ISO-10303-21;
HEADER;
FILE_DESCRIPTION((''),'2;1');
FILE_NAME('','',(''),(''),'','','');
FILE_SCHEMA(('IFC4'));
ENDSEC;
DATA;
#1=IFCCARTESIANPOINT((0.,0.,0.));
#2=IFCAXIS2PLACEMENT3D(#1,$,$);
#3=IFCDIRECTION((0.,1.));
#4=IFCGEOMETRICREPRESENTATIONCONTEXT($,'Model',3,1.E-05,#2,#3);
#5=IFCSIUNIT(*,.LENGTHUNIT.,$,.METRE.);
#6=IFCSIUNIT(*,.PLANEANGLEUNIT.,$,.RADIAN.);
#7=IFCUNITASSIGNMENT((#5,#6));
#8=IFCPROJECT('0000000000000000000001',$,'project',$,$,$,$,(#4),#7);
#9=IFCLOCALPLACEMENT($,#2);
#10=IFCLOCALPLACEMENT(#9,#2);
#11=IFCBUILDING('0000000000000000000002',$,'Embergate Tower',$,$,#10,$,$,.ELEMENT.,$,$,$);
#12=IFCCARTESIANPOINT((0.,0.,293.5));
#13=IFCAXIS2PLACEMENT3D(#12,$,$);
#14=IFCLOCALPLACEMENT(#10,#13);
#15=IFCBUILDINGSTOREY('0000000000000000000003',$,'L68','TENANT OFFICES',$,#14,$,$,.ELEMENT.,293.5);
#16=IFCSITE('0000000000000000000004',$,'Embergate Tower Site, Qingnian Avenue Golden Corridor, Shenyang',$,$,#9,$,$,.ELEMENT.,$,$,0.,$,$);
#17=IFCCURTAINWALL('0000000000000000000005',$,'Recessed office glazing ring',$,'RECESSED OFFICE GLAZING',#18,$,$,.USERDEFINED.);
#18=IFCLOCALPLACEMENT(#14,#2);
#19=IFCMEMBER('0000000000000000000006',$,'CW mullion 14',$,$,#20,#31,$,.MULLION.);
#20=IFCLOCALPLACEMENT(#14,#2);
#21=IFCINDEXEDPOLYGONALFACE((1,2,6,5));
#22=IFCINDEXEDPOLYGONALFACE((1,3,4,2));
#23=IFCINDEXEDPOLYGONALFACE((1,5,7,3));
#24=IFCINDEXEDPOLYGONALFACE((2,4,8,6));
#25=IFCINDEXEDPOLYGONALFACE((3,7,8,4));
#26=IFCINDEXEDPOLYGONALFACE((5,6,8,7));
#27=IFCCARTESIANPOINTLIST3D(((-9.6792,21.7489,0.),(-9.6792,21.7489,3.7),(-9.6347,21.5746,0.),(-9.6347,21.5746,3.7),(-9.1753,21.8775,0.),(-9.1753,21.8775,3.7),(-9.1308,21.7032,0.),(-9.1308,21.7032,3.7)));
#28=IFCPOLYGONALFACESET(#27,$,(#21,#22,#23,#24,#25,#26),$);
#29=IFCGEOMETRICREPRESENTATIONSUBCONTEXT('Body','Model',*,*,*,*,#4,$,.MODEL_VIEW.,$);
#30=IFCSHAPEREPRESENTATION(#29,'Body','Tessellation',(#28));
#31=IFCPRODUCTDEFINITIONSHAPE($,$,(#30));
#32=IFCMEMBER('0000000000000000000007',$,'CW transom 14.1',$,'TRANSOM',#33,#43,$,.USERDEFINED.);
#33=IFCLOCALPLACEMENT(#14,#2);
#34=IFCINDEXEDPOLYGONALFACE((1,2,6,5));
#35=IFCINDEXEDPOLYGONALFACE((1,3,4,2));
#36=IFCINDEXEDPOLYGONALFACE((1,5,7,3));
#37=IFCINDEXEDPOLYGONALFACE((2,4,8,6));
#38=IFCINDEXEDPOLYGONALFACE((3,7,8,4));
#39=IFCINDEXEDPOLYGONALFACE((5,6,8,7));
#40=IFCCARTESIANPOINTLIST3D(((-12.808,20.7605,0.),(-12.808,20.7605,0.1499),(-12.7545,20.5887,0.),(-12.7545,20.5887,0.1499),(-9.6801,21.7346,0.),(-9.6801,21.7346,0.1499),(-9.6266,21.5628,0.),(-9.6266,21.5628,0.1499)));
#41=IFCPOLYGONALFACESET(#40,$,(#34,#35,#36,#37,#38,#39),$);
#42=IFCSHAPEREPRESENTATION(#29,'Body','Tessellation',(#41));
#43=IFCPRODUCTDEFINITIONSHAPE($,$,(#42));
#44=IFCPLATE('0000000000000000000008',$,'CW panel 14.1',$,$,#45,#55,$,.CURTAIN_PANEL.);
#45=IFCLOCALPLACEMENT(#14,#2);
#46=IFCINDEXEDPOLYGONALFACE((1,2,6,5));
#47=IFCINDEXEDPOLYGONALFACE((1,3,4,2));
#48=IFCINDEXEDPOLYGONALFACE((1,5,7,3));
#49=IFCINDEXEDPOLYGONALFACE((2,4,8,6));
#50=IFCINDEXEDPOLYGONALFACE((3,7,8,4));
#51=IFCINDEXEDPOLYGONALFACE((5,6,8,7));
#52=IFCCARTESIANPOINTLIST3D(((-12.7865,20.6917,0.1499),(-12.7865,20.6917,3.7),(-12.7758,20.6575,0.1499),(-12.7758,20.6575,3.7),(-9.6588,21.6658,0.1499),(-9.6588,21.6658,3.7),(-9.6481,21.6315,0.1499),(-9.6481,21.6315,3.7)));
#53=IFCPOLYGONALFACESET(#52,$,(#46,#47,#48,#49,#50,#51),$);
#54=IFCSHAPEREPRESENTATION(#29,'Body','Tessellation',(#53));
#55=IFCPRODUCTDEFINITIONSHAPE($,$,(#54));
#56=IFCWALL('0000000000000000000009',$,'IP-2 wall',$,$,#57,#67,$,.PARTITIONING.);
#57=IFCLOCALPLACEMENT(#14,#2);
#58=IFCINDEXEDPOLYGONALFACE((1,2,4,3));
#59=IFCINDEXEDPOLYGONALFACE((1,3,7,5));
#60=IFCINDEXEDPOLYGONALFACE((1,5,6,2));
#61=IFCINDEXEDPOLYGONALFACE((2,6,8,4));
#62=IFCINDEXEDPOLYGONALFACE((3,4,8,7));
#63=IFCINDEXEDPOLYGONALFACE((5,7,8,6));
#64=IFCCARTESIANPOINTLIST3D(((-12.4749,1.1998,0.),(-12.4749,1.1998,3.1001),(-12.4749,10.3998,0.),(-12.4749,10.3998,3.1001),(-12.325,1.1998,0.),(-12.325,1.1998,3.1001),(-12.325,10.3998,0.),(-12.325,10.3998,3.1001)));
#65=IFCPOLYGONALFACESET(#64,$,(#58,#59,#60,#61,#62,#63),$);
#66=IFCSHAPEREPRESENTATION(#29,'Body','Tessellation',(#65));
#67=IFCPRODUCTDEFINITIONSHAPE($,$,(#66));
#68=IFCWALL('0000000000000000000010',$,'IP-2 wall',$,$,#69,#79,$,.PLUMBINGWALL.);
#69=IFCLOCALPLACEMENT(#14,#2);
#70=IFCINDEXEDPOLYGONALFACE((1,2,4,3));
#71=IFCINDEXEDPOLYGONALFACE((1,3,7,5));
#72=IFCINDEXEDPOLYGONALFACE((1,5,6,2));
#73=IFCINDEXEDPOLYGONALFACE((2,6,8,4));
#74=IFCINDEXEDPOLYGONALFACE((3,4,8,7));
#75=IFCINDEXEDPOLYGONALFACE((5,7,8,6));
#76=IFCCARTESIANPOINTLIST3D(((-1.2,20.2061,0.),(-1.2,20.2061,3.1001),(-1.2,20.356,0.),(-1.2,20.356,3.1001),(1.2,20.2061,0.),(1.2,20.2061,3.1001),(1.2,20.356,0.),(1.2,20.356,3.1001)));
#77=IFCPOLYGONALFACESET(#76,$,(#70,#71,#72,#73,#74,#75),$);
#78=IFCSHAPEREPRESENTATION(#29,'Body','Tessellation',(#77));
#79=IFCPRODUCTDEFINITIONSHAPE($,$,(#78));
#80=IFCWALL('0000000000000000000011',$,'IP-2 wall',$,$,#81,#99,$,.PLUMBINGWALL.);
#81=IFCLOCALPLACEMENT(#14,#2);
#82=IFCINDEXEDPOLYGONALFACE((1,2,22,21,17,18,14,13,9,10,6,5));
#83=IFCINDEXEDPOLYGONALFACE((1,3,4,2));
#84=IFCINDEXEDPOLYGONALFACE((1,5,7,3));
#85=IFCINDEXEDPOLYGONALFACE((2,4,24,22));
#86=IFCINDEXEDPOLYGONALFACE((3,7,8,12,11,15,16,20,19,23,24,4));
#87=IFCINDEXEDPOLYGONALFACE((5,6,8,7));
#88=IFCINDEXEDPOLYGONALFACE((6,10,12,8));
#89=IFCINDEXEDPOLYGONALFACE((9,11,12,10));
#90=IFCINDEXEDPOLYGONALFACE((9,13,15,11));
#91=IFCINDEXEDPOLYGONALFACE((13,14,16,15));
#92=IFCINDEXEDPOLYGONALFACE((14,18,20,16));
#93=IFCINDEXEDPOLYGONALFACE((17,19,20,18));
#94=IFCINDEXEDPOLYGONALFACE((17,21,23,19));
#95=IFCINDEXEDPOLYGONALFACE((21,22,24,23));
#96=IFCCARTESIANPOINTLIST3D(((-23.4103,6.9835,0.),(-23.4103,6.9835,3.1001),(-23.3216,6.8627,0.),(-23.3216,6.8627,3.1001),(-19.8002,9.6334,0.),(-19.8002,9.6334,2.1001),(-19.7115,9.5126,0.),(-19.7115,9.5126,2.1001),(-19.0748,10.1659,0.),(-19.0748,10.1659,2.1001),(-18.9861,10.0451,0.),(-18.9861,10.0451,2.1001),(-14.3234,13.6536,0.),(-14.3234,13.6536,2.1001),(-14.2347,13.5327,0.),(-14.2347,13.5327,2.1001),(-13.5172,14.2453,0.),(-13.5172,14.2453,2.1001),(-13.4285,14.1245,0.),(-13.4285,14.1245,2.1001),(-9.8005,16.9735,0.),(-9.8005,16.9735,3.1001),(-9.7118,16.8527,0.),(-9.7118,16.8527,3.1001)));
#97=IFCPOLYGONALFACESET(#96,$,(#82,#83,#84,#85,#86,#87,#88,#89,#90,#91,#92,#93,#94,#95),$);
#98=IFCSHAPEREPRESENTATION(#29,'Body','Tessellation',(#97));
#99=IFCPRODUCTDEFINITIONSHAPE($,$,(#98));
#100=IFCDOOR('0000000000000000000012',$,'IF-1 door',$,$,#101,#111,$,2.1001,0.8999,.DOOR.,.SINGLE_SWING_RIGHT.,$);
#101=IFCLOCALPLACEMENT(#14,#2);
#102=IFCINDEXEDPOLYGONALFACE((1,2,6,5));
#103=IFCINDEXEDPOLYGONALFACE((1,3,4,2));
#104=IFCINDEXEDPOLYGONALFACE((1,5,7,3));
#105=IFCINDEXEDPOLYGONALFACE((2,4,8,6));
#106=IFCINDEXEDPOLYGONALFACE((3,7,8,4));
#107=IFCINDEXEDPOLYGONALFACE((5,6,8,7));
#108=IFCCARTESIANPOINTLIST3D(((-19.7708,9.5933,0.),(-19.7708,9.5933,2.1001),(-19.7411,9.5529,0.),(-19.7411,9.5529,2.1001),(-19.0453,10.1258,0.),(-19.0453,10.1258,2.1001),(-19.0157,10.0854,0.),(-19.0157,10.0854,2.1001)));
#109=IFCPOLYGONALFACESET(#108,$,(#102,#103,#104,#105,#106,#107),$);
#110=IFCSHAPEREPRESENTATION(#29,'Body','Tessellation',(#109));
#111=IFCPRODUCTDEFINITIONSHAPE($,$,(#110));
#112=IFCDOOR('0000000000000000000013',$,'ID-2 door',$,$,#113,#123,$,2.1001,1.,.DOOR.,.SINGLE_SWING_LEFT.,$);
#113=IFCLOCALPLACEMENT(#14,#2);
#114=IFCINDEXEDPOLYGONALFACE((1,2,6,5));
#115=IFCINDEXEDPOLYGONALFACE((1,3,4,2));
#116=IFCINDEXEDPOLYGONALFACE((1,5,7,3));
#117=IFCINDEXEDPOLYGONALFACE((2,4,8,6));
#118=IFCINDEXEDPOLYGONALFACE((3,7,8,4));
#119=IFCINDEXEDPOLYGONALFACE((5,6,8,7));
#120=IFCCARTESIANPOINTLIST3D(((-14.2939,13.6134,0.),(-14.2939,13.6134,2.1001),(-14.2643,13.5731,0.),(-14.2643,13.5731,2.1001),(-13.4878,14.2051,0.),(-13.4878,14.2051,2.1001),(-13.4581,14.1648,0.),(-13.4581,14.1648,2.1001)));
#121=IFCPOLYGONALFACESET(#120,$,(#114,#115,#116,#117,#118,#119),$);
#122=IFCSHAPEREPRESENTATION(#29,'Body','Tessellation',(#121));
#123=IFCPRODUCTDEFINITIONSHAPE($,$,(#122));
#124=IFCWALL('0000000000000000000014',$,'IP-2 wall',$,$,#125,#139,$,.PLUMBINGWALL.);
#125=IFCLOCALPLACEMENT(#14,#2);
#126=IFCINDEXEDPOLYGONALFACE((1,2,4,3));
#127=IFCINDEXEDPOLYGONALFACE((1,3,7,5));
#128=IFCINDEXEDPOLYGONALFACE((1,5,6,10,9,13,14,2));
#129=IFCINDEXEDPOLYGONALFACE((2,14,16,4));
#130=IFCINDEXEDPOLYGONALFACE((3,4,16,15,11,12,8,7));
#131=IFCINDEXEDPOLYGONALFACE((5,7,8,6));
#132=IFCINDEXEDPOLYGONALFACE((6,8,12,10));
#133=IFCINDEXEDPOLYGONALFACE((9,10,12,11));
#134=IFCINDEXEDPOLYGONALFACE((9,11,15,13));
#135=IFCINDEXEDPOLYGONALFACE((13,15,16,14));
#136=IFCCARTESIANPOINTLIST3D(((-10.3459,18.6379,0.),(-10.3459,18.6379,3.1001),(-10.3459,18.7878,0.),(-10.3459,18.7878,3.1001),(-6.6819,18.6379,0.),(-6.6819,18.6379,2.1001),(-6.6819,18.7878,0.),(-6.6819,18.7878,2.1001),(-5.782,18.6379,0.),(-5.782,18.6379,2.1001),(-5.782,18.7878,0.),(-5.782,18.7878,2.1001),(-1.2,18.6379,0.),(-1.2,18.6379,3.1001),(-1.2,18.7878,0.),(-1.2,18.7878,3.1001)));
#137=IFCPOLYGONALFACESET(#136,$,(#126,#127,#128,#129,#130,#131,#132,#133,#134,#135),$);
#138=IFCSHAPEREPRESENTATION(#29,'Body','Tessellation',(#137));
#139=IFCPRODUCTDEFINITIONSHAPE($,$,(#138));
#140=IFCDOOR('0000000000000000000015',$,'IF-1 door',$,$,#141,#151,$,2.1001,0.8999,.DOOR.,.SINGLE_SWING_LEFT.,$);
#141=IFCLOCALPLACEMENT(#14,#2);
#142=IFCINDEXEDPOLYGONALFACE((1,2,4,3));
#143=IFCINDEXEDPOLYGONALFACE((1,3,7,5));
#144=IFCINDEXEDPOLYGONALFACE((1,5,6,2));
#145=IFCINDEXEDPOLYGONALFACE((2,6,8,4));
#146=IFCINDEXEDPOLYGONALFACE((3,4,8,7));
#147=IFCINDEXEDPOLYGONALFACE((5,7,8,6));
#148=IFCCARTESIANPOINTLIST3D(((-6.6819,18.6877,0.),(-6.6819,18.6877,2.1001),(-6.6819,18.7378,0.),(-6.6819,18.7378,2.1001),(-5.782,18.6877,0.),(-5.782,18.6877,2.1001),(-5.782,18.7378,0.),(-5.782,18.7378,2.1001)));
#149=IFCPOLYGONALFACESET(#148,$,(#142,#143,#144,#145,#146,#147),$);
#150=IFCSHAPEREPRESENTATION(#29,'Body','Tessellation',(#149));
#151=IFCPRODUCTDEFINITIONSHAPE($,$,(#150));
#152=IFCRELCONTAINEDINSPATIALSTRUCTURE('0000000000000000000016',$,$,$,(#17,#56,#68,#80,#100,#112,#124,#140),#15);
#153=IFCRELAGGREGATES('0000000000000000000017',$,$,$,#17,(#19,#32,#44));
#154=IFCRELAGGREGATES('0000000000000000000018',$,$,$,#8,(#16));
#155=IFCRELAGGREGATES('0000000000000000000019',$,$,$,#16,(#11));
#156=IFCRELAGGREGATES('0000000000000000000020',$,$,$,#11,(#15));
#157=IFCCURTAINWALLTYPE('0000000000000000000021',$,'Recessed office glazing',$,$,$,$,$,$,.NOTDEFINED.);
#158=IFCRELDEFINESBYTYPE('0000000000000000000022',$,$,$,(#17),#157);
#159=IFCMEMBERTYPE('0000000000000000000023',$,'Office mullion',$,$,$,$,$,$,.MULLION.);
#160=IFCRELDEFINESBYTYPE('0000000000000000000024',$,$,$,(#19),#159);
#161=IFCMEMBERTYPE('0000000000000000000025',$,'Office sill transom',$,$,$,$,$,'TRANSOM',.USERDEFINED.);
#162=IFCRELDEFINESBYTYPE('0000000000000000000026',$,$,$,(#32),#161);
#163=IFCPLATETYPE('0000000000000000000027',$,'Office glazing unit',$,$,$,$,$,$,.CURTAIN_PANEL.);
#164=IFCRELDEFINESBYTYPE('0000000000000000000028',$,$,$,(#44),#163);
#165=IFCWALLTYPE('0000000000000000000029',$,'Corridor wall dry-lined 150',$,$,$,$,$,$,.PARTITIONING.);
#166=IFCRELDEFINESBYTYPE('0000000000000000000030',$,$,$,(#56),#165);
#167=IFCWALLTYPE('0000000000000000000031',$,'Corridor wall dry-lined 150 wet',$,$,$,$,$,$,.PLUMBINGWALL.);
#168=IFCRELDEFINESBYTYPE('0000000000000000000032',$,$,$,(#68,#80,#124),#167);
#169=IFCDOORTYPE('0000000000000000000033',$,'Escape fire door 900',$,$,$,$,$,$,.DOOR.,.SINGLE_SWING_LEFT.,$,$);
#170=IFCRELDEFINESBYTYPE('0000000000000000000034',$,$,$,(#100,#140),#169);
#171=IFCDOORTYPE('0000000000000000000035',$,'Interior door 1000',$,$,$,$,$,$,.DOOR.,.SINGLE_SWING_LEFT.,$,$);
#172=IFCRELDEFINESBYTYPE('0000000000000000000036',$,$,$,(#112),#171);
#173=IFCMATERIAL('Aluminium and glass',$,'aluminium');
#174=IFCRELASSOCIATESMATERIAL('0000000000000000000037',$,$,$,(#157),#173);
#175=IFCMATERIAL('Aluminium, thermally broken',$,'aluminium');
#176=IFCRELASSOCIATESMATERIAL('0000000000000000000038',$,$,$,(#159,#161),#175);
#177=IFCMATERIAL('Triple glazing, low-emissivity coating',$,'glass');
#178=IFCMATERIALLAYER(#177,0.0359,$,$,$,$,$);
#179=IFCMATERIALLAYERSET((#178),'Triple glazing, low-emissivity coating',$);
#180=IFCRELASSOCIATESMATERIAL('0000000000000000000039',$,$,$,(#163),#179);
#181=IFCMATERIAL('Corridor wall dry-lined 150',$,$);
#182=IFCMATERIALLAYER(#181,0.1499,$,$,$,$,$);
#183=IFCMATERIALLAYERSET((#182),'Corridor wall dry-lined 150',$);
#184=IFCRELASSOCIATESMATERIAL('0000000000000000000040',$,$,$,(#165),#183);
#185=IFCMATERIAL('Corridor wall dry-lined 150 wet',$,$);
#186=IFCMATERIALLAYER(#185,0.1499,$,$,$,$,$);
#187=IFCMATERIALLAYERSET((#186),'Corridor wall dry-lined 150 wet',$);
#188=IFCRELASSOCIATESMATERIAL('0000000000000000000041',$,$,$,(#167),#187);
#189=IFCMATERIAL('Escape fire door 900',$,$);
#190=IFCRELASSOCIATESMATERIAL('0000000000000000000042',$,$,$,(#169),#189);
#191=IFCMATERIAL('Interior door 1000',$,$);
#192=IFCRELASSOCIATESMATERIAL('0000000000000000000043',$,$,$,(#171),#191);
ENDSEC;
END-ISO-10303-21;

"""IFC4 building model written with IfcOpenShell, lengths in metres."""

from ifc_helpers import new_model, si_unit, direction, frame, frame_2d, origin, origin_2d, place, context, subcontext, project, spatial, rectangle, extrude, source, transform, mapped, material, layer, layer_set, material_profile, profile_set, type_object, element, fill, aggregate, save


model = new_model("IFC4")

# Units and contexts
model_context = context("Model", 3, precision=1e-05, world=origin(), true_north=direction((0.0, 1.0)))
body_context = subcontext(model_context, "Body", "Model", "MODEL_VIEW")
ifc_project = project(units=[si_unit("LENGTHUNIT", "METRE"), si_unit("PLANEANGLEUNIT", "RADIAN")], contexts=[model_context])

# Site, building, storey
site_placement = place(None, origin())
site = spatial("IfcSite", under=ifc_project, at=site_placement, Name="Embergate Tower Site, Qingnian Avenue Golden Corridor, Shenyang", CompositionType="ELEMENT", RefElevation=0.0)
building_placement = place(site_placement, origin())
building = spatial("IfcBuilding", under=site, at=building_placement, Name="Embergate Tower", CompositionType="ELEMENT")
storey_placement = place(building_placement, frame((0.0, 0.0, 293.5)))
storey = spatial("IfcBuildingStorey", under=building, at=storey_placement, Name="L68", Description="TENANT OFFICES", CompositionType="ELEMENT", Elevation=293.5)

# Curtain wall, members, plate
ifc_material_1 = material(Name="Aluminium and glass", Category="aluminium")
curtain_wall_type = type_object("IfcCurtainWallType", Name="Recessed office glazing", PredefinedType="NOTDEFINED", material=ifc_material_1)
curtain_wall_placement = place(storey_placement, origin())
curtain_wall = element("IfcCurtainWall", 1, at=curtain_wall_placement, inside=storey, type_object=curtain_wall_type, Name="Recessed office glazing ring", ObjectType="RECESSED OFFICE GLAZING", PredefinedType="USERDEFINED")
ifc_material_2 = material(Name="Aluminium, thermally broken", Category="aluminium")
ifc_material_profile_1 = material_profile(ifc_material_2, rectangle(XDim=0.1799, YDim=0.52, at=origin_2d()), Name="AL 520x180")
ifc_profile_set_1 = profile_set([ifc_material_profile_1], Name="Aluminium, thermally broken")
member_type_1 = type_object("IfcMemberType", Name="Office mullion", PredefinedType="MULLION", material=ifc_profile_set_1)
shared_shape_1 = source(origin(), body_context, "Body", "SweptSolid", [
    extrude(rectangle(XDim=0.1799, YDim=0.52, at=origin_2d()), origin(), (0.0, 0.0, 1.0), 3.7),
])
member_1_placement = place(storey_placement, frame((-9.405, 21.7261, 0.0), z_axis=(0.0, 0.0, 1.0), x_axis=(0.247312, -0.968936, 0.0)))
member_1 = element("IfcMember", 2, at=member_1_placement, type_object=member_type_1, Name="CW mullion 14", PredefinedType="MULLION", context=body_context, shape_type="MappedRepresentation", body=[
    mapped(shared_shape_1, transform((0.0, 0.0, 0.0))),
])
ifc_material_profile_2 = material_profile(ifc_material_2, rectangle(XDim=0.1799, YDim=0.1499, at=origin_2d()), Name="AL 150x180")
ifc_profile_set_2 = profile_set([ifc_material_profile_2], Name="Aluminium, thermally broken")
member_type_2 = type_object("IfcMemberType", Name="Office sill transom", ElementType="TRANSOM", PredefinedType="USERDEFINED", material=ifc_profile_set_2)
shared_shape_2 = source(origin(), body_context, "Body", "SweptSolid", [
    extrude(rectangle(XDim=0.1799, YDim=0.1499, at=origin_2d()), origin(), (0.0, 0.0, 1.0), 3.2761),
])
member_2_placement = place(storey_placement, frame((-9.6533, 21.6487, 0.075), z_axis=(-0.954771, -0.297341, 0.0), x_axis=(0.297341, -0.954771, 0.0)))
member_2 = element("IfcMember", 3, at=member_2_placement, type_object=member_type_2, Name="CW transom 14.1", ObjectType="TRANSOM", PredefinedType="USERDEFINED", context=body_context, shape_type="MappedRepresentation", body=[
    mapped(shared_shape_2, transform((0.0, 0.0, 0.0))),
])
ifc_material_3 = material(Name="Triple glazing, low-emissivity coating", Category="glass")
ifc_layer_1 = layer(ifc_material_3, 0.0359)
ifc_layer_set_1 = layer_set([ifc_layer_1], Name="Triple glazing, low-emissivity coating")
plate_type = type_object("IfcPlateType", Name="Office glazing unit", PredefinedType="CURTAIN_PANEL", material=ifc_layer_set_1)
shared_shape_3 = source(origin(), body_context, "Body", "SweptSolid", [
    extrude(rectangle(XDim=3.2759, YDim=0.0359, at=origin_2d()), origin(), (0.0, 0.0, 1.0), 3.55),
])
plate_placement = place(storey_placement, frame((-11.2173, 21.1616, 0.1499), z_axis=(0.0, 0.0, 1.0), x_axis=(-0.954771, -0.297342, 0.0)))
plate = element("IfcPlate", 4, at=plate_placement, type_object=plate_type, Name="CW panel 14.1", PredefinedType="CURTAIN_PANEL", context=body_context, shape_type="MappedRepresentation", body=[
    mapped(shared_shape_3, transform((0.0, 0.0, 0.0))),
])
aggregate(curtain_wall, [member_1, member_2, plate])

# Walls
ifc_material_4 = material(Name="Corridor wall dry-lined 150")
ifc_layer_2 = layer(ifc_material_4, 0.1499)
ifc_layer_set_2 = layer_set([ifc_layer_2], Name="Corridor wall dry-lined 150")
wall_type_1 = type_object("IfcWallType", Name="Corridor wall dry-lined 150", PredefinedType="PARTITIONING", material=ifc_layer_set_2)
shared_shape_4 = source(origin(), body_context, "Body", "SweptSolid", [
    extrude(rectangle(XDim=9.2, YDim=0.1499, at=frame_2d((4.6001, 0.0))), origin(), (0.0, 0.0, 1.0), 3.1001),
])
wall_1_placement = place(storey_placement, frame((-12.3999, 10.3999, 0.0), z_axis=(0.0, 0.0, 1.0), x_axis=(0.0, -1.0, 0.0)))
element("IfcWall", 5, at=wall_1_placement, inside=storey, type_object=wall_type_1, Name="IP-2 wall", PredefinedType="PARTITIONING", context=body_context, shape_type="MappedRepresentation", body=[
    mapped(shared_shape_4, transform((0.0, 0.0, 0.0))),
])
ifc_material_5 = material(Name="Corridor wall dry-lined 150 wet")
ifc_layer_3 = layer(ifc_material_5, 0.1499)
ifc_layer_set_3 = layer_set([ifc_layer_3], Name="Corridor wall dry-lined 150 wet")
wall_type_2 = type_object("IfcWallType", Name="Corridor wall dry-lined 150 wet", PredefinedType="PLUMBINGWALL", material=ifc_layer_set_3)
shared_shape_5 = source(origin(), body_context, "Body", "SweptSolid", [
    extrude(rectangle(XDim=2.3999, YDim=0.1499, at=frame_2d((1.2, 0.0))), origin(), (0.0, 0.0, 1.0), 3.1001),
])
wall_2_placement = place(storey_placement, frame((-1.2, 20.281, 0.0), z_axis=(0.0, 0.0, 1.0), x_axis=(1.0, 0.0, 0.0)))
element("IfcWall", 6, at=wall_2_placement, inside=storey, type_object=wall_type_2, Name="IP-2 wall", PredefinedType="PLUMBINGWALL", context=body_context, shape_type="MappedRepresentation", body=[
    mapped(shared_shape_5, transform((0.0, 0.0, 0.0))),
])

# Wall, openings, doors
shared_shape_6 = source(origin(), body_context, "Body", "SweptSolid", [
    extrude(rectangle(XDim=16.8828, YDim=0.1499, at=frame_2d((8.4414, 0.0))), origin(), (0.0, 0.0, 1.0), 3.1001),
])
wall_3_placement = place(storey_placement, frame((-9.7561, 16.9131, 0.0), z_axis=(0.0, 0.0, 1.0), x_axis=(-0.806139, -0.591727, 0.0)))
wall_3 = element("IfcWall", 7, at=wall_3_placement, inside=storey, type_object=wall_type_2, Name="IP-2 wall", PredefinedType="PLUMBINGWALL", context=body_context, shape_type="MappedRepresentation", body=[
    mapped(shared_shape_6, transform((0.0, 0.0, 0.0))),
])
shared_shape_7 = source(origin(), body_context, "Body", "SweptSolid", [
    extrude(rectangle(XDim=1.0, YDim=2.1001, at=frame_2d((0.5, 1.05))), frame((0.0, 0.085, 0.0), z_axis=(0.0, -1.0, 0.0), x_axis=(1.0, 0.0, 0.0)), (0.0, 0.0, 1.0), 0.1699),
])
opening_1_placement = place(wall_3_placement, frame((4.6106, 0.0, 0.0)))
opening_1 = element("IfcOpeningElement", 8, at=opening_1_placement, cuts=wall_3, PredefinedType="OPENING", context=body_context, shape_type="MappedRepresentation", body=[
    mapped(shared_shape_7, transform((0.0, 0.0, 0.0))),
])
shared_shape_8 = source(origin(), body_context, "Body", "SweptSolid", [
    extrude(rectangle(XDim=0.8999, YDim=2.1001, at=frame_2d((0.45, 1.05))), frame((0.0, 0.085, 0.0), z_axis=(0.0, -1.0, 0.0), x_axis=(1.0, 0.0, 0.0)), (0.0, 0.0, 1.0), 0.1699),
])
opening_2_placement = place(wall_3_placement, frame((11.5046, 0.0, 0.0)))
opening_2 = element("IfcOpeningElement", 9, at=opening_2_placement, cuts=wall_3, PredefinedType="OPENING", context=body_context, shape_type="MappedRepresentation", body=[
    mapped(shared_shape_8, transform((0.0, 0.0, 0.0))),
])
ifc_material_6 = material(Name="Escape fire door 900")
door_type_1 = type_object("IfcDoorType", Name="Escape fire door 900", OperationType="SINGLE_SWING_LEFT", PredefinedType="DOOR", material=ifc_material_6)
shared_shape_9 = source(origin(), body_context, "Body", "SweptSolid", [
    extrude(rectangle(XDim=0.8999, YDim=2.1001, at=frame_2d((0.45, 1.05))), frame((0.0, 0.0249, 0.0), z_axis=(0.0, -1.0, 0.0), x_axis=(1.0, 0.0, 0.0)), (0.0, 0.0, 1.0), 0.05),
])
door_1_placement = place(opening_2_placement, origin())
door_1 = element("IfcDoor", 10, at=door_1_placement, inside=storey, type_object=door_type_1, Name="IF-1 door", OperationType="SINGLE_SWING_RIGHT", OverallHeight=2.1001, OverallWidth=0.8999, PredefinedType="DOOR", context=body_context, shape_type="MappedRepresentation", body=[
    mapped(shared_shape_9, transform((0.0, 0.0, 0.0))),
])
fill(opening_2, door_1)
ifc_material_7 = material(Name="Interior door 1000")
door_type_2 = type_object("IfcDoorType", Name="Interior door 1000", OperationType="SINGLE_SWING_LEFT", PredefinedType="DOOR", material=ifc_material_7)
shared_shape_10 = source(origin(), body_context, "Body", "SweptSolid", [
    extrude(rectangle(XDim=1.0, YDim=2.1001, at=frame_2d((0.5, 1.05))), frame((0.0, 0.0249, 0.0), z_axis=(0.0, -1.0, 0.0), x_axis=(1.0, 0.0, 0.0)), (0.0, 0.0, 1.0), 0.05),
])
door_2_placement = place(opening_1_placement, origin())
door_2 = element("IfcDoor", 11, at=door_2_placement, inside=storey, type_object=door_type_2, Name="ID-2 door", OperationType="SINGLE_SWING_LEFT", OverallHeight=2.1001, OverallWidth=1.0, PredefinedType="DOOR", context=body_context, shape_type="MappedRepresentation", body=[
    mapped(shared_shape_10, transform((0.0, 0.0, 0.0))),
])
fill(opening_1, door_2)

# Wall, opening, door
shared_shape_11 = source(origin(), body_context, "Body", "SweptSolid", [
    extrude(rectangle(XDim=9.146, YDim=0.1499, at=frame_2d((4.573, 0.0))), origin(), (0.0, 0.0, 1.0), 3.1001),
])
wall_4_placement = place(storey_placement, frame((-10.3459, 18.7129, 0.0), z_axis=(0.0, 0.0, 1.0), x_axis=(1.0, 0.0, 0.0)))
wall_4 = element("IfcWall", 12, at=wall_4_placement, inside=storey, type_object=wall_type_2, Name="IP-2 wall", PredefinedType="PLUMBINGWALL", context=body_context, shape_type="MappedRepresentation", body=[
    mapped(shared_shape_11, transform((0.0, 0.0, 0.0))),
])
opening_3_placement = place(wall_4_placement, frame((3.6641, 0.0, 0.0)))
opening_3 = element("IfcOpeningElement", 13, at=opening_3_placement, cuts=wall_4, PredefinedType="OPENING", context=body_context, shape_type="MappedRepresentation", body=[
    mapped(shared_shape_8, transform((0.0, 0.0, 0.0))),
])
door_3_placement = place(opening_3_placement, origin())
door_3 = element("IfcDoor", 14, at=door_3_placement, inside=storey, type_object=door_type_1, Name="IF-1 door", OperationType="SINGLE_SWING_LEFT", OverallHeight=2.1001, OverallWidth=0.8999, PredefinedType="DOOR", context=body_context, shape_type="MappedRepresentation", body=[
    mapped(shared_shape_9, transform((0.0, 0.0, 0.0))),
])
fill(opening_3, door_3)

save(model, "model.ifc")
